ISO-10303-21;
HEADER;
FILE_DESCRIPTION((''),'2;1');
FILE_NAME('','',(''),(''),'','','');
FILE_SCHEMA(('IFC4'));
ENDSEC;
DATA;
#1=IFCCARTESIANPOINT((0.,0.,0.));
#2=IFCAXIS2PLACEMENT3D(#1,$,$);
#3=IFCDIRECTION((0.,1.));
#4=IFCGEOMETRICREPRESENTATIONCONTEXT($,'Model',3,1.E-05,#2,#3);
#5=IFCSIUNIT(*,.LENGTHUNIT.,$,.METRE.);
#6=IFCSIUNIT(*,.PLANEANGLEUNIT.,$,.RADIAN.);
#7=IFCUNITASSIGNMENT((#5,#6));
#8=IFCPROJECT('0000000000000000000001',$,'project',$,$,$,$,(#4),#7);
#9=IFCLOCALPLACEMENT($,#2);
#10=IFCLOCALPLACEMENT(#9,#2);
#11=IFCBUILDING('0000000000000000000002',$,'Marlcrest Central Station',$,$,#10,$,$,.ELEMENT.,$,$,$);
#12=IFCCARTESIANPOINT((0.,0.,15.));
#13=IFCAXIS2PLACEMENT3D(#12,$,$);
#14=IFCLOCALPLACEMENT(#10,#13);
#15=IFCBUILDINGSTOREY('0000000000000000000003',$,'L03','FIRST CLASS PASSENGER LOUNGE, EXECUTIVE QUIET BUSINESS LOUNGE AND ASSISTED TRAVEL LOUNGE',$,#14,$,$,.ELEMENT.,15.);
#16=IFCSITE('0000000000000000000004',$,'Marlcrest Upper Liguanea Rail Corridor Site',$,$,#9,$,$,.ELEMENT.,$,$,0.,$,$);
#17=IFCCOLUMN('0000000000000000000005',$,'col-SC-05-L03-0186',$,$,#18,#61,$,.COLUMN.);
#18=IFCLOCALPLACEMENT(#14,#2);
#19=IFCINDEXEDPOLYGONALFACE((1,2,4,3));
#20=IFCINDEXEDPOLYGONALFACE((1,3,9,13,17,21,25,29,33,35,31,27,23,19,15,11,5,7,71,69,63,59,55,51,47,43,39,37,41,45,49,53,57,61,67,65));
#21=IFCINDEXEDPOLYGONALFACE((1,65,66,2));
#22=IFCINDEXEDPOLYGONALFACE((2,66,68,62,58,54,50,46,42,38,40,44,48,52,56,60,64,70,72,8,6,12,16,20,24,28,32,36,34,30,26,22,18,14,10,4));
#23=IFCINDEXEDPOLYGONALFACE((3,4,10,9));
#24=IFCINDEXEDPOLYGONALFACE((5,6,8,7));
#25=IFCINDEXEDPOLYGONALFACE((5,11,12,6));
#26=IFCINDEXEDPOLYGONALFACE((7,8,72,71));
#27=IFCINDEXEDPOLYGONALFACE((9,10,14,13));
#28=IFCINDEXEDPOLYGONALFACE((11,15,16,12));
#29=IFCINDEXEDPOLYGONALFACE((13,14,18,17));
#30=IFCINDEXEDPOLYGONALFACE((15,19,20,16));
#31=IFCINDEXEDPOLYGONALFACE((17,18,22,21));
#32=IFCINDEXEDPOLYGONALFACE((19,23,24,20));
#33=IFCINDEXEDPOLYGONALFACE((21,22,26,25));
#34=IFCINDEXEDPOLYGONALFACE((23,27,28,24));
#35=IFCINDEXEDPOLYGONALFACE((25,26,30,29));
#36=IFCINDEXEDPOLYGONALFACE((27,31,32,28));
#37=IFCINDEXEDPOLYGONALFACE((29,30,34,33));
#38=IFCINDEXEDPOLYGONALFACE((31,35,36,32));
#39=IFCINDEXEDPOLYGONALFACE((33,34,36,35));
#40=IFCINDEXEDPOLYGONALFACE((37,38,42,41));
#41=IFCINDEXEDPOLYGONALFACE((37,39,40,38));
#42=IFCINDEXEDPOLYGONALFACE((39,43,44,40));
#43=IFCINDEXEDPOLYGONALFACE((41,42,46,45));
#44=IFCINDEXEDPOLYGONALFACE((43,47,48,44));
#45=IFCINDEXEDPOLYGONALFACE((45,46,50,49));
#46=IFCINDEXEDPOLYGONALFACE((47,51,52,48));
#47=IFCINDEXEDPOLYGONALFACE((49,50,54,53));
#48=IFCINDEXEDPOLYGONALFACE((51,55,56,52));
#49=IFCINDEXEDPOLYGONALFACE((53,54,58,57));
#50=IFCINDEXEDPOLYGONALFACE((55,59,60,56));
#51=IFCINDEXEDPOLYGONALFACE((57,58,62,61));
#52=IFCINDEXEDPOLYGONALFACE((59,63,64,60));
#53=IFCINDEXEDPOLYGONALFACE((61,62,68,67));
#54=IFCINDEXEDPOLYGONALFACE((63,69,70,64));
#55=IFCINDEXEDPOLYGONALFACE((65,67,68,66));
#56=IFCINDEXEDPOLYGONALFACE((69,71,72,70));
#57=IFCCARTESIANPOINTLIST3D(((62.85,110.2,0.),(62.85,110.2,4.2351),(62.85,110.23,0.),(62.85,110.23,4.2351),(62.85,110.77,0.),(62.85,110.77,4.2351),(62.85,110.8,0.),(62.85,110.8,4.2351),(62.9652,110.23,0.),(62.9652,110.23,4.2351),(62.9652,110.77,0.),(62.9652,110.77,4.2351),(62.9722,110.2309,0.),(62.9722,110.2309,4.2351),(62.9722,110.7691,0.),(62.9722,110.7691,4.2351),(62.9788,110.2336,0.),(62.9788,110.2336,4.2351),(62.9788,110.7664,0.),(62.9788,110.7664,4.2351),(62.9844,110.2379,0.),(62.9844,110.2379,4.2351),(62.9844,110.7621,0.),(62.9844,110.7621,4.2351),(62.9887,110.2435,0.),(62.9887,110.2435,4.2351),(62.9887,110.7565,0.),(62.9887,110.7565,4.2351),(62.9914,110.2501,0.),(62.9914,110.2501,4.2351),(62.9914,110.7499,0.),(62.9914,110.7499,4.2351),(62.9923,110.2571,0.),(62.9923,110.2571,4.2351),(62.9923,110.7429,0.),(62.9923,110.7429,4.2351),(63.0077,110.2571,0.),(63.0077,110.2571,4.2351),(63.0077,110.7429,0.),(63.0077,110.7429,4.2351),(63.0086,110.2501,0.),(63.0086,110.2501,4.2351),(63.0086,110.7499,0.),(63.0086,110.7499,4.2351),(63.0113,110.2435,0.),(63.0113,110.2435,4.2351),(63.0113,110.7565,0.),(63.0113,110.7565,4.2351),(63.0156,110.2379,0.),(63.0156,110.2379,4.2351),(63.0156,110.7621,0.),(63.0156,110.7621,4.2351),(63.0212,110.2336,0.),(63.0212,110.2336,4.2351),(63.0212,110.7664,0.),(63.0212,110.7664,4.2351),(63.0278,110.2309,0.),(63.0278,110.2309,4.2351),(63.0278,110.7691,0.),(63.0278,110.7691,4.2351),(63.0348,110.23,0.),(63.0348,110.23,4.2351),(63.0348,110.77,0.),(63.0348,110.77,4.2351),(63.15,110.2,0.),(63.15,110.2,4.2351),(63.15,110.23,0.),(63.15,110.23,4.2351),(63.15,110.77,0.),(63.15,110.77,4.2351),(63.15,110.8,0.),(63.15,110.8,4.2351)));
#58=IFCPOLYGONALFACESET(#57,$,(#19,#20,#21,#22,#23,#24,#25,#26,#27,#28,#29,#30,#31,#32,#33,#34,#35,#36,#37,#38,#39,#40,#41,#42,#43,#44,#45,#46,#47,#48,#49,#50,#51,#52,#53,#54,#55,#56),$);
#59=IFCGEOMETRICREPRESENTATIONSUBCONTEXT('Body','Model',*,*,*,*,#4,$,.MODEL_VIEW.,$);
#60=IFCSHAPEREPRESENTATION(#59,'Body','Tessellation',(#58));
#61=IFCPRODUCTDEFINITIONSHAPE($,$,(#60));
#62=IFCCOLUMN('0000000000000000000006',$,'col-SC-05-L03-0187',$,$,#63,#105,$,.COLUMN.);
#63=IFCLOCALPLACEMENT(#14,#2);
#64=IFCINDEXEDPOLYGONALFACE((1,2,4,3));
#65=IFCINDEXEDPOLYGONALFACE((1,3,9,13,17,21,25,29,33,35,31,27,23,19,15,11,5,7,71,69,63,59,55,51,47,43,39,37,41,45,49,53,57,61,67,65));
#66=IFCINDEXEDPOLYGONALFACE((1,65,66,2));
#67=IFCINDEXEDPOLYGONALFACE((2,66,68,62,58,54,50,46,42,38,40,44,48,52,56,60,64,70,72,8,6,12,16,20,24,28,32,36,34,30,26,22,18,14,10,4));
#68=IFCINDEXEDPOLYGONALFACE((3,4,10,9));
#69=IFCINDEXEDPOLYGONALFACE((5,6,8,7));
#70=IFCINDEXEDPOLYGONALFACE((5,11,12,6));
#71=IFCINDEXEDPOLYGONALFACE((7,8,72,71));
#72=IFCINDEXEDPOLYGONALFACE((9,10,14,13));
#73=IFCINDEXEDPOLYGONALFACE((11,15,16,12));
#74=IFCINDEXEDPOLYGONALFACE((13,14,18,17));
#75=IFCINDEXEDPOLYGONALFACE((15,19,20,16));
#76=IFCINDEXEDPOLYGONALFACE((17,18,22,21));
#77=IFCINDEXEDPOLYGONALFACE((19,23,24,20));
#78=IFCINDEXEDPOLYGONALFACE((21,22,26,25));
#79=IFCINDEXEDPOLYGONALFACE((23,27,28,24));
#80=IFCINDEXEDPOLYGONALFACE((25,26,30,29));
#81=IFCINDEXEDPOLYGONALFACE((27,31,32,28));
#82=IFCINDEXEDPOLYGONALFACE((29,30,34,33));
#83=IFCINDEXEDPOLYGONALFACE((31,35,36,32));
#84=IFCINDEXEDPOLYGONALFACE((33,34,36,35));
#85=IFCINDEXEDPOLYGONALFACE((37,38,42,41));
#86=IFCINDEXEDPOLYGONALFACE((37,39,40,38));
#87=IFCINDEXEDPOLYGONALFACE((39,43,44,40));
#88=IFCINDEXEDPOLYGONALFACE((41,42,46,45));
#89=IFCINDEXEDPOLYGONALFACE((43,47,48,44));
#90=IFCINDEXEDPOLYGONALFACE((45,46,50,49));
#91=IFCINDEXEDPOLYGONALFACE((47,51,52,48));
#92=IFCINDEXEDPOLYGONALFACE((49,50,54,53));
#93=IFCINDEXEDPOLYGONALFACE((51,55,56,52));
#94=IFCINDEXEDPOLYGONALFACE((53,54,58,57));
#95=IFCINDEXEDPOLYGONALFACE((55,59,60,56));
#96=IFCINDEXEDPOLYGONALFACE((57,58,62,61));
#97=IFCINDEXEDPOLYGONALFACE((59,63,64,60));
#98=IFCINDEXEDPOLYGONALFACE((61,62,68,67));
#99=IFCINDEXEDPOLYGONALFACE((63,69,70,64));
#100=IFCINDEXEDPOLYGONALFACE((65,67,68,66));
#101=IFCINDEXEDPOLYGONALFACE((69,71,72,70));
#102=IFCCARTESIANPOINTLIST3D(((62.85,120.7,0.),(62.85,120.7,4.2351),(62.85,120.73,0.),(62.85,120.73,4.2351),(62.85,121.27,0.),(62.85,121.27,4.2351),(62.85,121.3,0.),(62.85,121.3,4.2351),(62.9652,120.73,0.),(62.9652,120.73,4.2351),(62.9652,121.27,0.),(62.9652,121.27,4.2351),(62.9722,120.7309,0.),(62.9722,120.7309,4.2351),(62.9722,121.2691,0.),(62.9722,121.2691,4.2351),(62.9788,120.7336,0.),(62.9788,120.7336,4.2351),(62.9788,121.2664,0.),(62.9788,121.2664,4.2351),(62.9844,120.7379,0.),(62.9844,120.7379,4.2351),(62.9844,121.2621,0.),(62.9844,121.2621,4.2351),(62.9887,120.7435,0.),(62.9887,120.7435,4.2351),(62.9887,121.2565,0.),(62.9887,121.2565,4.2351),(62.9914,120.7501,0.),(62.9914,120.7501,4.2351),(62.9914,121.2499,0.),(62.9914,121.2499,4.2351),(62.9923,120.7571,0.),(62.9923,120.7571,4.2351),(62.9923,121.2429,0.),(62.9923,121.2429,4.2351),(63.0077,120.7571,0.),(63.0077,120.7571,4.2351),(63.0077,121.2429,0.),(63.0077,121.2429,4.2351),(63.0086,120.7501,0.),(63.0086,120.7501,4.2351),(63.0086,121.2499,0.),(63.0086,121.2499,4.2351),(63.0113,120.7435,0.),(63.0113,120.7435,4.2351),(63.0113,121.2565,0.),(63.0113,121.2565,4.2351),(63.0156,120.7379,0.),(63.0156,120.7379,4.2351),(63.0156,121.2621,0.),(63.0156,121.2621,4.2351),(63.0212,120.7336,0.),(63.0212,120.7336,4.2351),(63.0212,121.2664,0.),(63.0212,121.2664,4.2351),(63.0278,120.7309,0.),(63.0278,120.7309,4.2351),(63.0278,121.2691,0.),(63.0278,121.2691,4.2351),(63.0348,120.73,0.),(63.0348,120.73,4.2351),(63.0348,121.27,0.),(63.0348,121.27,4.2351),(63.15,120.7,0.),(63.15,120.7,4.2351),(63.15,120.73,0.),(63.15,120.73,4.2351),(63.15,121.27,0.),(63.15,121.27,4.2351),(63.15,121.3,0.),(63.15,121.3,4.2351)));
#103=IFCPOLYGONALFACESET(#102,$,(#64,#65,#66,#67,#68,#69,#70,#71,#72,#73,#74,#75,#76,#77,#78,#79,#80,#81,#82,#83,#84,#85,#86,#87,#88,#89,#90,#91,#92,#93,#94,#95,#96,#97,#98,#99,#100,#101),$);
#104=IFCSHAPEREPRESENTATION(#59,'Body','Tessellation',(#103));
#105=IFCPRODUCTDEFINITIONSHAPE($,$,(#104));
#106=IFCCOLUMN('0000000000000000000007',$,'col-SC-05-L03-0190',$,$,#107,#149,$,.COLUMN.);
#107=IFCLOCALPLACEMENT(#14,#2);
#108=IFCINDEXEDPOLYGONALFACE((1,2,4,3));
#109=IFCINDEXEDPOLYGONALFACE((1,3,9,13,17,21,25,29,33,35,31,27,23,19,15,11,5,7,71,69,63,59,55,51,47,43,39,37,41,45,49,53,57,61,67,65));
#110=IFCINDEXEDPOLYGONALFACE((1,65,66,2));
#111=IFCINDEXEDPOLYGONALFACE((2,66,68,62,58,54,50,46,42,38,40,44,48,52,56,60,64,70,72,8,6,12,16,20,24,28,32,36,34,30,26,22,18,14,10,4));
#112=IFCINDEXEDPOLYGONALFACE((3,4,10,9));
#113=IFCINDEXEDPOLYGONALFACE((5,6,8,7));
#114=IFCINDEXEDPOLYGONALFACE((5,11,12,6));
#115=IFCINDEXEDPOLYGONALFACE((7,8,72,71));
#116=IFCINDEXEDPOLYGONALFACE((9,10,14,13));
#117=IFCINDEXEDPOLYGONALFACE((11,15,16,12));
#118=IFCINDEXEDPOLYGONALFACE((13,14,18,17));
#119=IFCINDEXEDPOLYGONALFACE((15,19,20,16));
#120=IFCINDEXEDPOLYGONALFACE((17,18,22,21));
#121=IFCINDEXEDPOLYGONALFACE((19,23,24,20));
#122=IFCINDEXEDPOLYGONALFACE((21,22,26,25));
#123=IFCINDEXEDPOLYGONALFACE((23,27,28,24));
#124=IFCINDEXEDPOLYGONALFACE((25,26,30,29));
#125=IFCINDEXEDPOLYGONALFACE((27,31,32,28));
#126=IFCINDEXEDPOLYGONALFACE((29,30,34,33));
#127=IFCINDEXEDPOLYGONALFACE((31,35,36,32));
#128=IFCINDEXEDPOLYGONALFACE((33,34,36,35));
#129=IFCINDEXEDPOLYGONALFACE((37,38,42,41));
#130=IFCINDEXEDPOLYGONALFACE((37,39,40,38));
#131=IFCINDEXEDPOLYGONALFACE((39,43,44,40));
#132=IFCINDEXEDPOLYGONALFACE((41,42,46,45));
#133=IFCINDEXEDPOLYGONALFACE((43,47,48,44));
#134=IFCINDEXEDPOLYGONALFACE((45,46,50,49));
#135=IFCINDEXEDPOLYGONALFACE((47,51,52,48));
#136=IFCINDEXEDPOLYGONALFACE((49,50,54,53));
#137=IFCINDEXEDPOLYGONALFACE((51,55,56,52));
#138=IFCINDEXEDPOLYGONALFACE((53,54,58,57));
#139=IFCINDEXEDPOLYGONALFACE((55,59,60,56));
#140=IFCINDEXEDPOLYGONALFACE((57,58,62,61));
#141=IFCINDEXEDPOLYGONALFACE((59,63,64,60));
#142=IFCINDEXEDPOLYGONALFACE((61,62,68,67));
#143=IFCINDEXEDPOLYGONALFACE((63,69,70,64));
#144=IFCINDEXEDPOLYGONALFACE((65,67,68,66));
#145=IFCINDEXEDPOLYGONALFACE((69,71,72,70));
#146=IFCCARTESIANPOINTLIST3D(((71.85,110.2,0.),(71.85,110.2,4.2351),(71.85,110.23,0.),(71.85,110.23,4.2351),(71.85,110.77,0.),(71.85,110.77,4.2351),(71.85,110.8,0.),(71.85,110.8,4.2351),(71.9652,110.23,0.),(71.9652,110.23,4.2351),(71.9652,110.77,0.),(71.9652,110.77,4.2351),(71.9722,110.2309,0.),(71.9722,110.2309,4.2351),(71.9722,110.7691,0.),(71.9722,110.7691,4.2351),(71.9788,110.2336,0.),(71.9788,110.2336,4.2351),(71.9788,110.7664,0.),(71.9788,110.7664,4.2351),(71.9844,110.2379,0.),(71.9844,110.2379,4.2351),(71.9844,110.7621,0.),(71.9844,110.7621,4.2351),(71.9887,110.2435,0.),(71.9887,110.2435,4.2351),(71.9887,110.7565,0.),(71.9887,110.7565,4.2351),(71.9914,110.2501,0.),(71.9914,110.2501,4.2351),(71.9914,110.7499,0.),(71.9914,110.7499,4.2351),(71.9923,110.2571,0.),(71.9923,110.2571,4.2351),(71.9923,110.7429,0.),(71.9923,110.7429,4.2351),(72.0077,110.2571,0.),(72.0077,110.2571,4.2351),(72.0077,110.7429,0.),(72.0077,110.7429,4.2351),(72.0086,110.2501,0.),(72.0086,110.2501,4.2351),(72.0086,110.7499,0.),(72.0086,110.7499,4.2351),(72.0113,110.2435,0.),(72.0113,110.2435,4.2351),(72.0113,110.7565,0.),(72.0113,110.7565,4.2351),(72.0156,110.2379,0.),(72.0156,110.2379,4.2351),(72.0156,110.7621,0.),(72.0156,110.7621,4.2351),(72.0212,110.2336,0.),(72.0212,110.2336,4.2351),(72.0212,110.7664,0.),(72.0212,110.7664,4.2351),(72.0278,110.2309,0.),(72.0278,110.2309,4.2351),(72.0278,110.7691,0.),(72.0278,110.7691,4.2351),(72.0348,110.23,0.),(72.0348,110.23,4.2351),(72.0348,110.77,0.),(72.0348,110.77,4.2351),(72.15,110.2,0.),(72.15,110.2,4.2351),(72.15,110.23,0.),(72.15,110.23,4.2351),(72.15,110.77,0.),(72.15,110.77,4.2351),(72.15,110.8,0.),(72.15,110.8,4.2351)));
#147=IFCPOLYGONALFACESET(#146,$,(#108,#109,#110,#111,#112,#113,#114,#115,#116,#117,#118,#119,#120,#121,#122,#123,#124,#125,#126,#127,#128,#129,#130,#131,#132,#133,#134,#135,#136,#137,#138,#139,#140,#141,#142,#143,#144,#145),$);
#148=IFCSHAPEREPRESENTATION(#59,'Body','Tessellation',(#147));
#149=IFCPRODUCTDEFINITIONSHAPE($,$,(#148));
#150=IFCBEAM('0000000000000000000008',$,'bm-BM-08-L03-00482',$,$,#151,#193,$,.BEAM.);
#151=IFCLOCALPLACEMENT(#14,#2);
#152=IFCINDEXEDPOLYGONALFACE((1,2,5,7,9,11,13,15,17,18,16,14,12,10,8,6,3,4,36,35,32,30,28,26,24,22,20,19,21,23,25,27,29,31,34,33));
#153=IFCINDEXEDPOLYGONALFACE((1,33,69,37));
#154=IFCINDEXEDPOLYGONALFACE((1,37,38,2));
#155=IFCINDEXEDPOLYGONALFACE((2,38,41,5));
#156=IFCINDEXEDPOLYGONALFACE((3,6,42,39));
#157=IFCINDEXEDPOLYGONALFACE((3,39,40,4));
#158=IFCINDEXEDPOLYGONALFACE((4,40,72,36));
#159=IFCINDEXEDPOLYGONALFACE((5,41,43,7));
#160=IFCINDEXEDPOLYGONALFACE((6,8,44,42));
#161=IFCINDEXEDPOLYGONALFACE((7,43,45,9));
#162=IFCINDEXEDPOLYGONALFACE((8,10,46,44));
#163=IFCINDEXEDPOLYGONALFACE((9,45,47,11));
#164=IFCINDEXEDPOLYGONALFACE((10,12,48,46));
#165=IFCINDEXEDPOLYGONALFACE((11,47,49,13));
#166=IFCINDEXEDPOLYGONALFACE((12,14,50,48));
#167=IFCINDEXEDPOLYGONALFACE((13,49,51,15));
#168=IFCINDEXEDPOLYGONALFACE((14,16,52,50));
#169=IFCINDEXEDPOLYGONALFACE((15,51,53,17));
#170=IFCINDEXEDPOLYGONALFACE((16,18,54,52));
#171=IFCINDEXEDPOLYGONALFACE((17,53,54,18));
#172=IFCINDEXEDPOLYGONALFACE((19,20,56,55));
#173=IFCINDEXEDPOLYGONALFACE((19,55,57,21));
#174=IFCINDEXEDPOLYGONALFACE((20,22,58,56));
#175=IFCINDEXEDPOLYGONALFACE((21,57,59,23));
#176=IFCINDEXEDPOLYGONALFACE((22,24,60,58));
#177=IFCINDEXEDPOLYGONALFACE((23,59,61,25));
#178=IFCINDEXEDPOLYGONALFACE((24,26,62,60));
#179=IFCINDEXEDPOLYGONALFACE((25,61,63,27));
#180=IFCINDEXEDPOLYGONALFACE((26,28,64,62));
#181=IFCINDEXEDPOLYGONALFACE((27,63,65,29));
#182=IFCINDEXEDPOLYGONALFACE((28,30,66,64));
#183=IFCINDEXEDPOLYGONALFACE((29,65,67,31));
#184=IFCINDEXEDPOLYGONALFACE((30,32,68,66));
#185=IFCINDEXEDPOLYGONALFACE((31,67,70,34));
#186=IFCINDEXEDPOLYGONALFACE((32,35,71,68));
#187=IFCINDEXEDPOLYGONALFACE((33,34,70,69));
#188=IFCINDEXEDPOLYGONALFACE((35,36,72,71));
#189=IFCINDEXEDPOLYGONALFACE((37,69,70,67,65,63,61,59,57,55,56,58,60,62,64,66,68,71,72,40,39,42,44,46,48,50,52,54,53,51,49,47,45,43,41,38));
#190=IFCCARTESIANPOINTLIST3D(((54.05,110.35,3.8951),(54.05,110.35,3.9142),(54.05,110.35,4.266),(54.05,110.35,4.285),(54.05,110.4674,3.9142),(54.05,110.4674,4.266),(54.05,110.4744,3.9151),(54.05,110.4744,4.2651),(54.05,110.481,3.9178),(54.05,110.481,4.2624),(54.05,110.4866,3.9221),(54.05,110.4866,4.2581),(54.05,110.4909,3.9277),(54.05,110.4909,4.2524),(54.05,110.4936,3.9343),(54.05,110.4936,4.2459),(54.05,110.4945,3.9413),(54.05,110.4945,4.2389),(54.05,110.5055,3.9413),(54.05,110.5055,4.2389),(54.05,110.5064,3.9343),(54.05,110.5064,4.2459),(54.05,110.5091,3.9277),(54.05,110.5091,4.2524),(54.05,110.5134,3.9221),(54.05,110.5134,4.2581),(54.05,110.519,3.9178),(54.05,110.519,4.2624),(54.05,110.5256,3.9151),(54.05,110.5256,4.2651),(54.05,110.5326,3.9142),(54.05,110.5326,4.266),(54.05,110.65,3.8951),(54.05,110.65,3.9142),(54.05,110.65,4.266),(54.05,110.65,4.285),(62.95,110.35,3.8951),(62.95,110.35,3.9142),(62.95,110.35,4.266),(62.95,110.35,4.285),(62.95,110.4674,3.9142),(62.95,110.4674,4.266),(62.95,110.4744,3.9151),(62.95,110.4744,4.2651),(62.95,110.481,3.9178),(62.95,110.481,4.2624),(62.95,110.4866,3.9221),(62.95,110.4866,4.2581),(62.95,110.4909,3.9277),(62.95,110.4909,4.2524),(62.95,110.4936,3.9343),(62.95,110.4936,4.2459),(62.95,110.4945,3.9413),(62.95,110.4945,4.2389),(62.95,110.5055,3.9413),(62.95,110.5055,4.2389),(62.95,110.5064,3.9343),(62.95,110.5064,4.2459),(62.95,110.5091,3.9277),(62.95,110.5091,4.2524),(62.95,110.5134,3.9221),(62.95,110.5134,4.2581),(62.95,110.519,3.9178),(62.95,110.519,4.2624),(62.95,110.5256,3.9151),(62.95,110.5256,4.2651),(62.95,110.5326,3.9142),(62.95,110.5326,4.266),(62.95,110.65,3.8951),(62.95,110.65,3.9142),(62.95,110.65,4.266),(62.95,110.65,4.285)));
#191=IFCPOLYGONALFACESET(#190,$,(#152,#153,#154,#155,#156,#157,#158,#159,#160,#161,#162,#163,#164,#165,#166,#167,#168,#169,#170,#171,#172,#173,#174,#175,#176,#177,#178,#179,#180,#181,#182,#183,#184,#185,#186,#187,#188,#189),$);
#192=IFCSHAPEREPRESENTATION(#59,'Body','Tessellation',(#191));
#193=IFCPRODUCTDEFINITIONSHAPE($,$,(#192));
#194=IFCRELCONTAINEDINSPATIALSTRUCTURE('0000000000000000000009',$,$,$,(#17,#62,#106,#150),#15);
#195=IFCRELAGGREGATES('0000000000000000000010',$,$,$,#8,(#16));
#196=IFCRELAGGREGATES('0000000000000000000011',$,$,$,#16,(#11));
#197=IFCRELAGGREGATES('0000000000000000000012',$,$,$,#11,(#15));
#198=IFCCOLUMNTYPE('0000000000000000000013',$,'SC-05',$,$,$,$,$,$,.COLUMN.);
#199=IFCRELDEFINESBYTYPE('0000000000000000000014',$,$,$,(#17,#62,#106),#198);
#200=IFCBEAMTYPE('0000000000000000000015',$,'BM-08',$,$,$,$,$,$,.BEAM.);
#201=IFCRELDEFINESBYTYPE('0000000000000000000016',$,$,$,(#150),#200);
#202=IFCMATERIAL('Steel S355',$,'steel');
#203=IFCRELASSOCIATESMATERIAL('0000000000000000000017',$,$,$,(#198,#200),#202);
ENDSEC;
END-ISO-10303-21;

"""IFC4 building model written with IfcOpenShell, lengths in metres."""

from ifc_helpers import new_model, si_unit, direction, frame, origin, origin_2d, place, context, subcontext, project, spatial, i_section, extrude, material, material_profile, profile_set, type_object, element, save


model = new_model("IFC4")

# Units and contexts
model_context = context("Model", 3, precision=1e-05, world=origin(), true_north=direction((0.0, 1.0)))
body_context = subcontext(model_context, "Body", "Model", "MODEL_VIEW")
ifc_project = project(units=[si_unit("LENGTHUNIT", "METRE"), si_unit("PLANEANGLEUNIT", "RADIAN")], contexts=[model_context])

# Site, building, storey
site_placement = place(None, origin())
site = spatial("IfcSite", under=ifc_project, at=site_placement, Name="Marlcrest Upper Liguanea Rail Corridor Site", CompositionType="ELEMENT", RefElevation=0.0)
building_placement = place(site_placement, origin())
building = spatial("IfcBuilding", under=site, at=building_placement, Name="Marlcrest Central Station", CompositionType="ELEMENT")
storey_placement = place(building_placement, frame((0.0, 0.0, 15.0)))
storey = spatial("IfcBuildingStorey", under=building, at=storey_placement, Name="L03", Description="FIRST CLASS PASSENGER LOUNGE, EXECUTIVE QUIET BUSINESS LOUNGE AND ASSISTED TRAVEL LOUNGE", CompositionType="ELEMENT", Elevation=15.0)

# Columns
ifc_material_1 = material(Name="Steel S355", Category="steel")
ifc_material_profile_1 = material_profile(ifc_material_1, i_section(OverallWidth=0.3, OverallDepth=0.6001, WebThickness=0.0154, FlangeThickness=0.03, FilletRadius=0.0271, at=origin_2d()), Name="HEB 600")
ifc_profile_set_1 = profile_set([ifc_material_profile_1], Name="Steel S355")
column_type = type_object("IfcColumnType", Name="SC-05", PredefinedType="COLUMN", material=ifc_profile_set_1)
for number, where, z_axis, x_axis, name in (
    (1, (63.0, 110.5, 0.0), (0.0, 0.0, 1.0), (1.0, 0.0, 0.0), "col-SC-05-L03-0186"),
    (2, (63.0, 121.0, 0.0), (0.0, 0.0, 1.0), (1.0, 0.0, 0.0), "col-SC-05-L03-0187"),
    (3, (72.0, 110.5, 0.0), (0.0, 0.0, 1.0), (1.0, 0.0, 0.0), "col-SC-05-L03-0190"),
):
    element("IfcColumn", number, at=place(storey_placement, frame(where, z_axis=z_axis, x_axis=x_axis)), inside=storey, type_object=column_type, Name=name, PredefinedType="COLUMN", context=body_context, shape_type="SweptSolid", body=[
        extrude(i_section(OverallWidth=0.3, OverallDepth=0.6001, WebThickness=0.0154, FlangeThickness=0.03, FilletRadius=0.0271, at=origin_2d()), origin(), (0.0, 0.0, 1.0), 4.2351),
    ])

# Beam
ifc_material_profile_2 = material_profile(ifc_material_1, i_section(OverallWidth=0.3, OverallDepth=0.3899, WebThickness=0.011, FlangeThickness=0.019, FilletRadius=0.0271, at=origin_2d()), Name="HEA 400")
ifc_profile_set_2 = profile_set([ifc_material_profile_2], Name="Steel S355")
beam_type_1 = type_object("IfcBeamType", Name="BM-08", PredefinedType="BEAM", material=ifc_profile_set_2)
for number, where, z_axis, x_axis, name in (
    (4, (54.05, 110.5, 4.0901), (1.0, 0.0, 0.0), (0.0, 1.0, 0.0), "bm-BM-08-L03-00482"),
):
    element("IfcBeam", number, at=place(storey_placement, frame(where, z_axis=z_axis, x_axis=x_axis)), inside=storey, type_object=beam_type_1, Name=name, PredefinedType="BEAM", context=body_context, shape_type="SweptSolid", body=[
        extrude(i_section(OverallWidth=0.3, OverallDepth=0.3899, WebThickness=0.011, FlangeThickness=0.019, FilletRadius=0.0271, at=origin_2d()), origin(), (0.0, 0.0, 1.0), 8.8999),
    ])

save(model, "model.ifc")
